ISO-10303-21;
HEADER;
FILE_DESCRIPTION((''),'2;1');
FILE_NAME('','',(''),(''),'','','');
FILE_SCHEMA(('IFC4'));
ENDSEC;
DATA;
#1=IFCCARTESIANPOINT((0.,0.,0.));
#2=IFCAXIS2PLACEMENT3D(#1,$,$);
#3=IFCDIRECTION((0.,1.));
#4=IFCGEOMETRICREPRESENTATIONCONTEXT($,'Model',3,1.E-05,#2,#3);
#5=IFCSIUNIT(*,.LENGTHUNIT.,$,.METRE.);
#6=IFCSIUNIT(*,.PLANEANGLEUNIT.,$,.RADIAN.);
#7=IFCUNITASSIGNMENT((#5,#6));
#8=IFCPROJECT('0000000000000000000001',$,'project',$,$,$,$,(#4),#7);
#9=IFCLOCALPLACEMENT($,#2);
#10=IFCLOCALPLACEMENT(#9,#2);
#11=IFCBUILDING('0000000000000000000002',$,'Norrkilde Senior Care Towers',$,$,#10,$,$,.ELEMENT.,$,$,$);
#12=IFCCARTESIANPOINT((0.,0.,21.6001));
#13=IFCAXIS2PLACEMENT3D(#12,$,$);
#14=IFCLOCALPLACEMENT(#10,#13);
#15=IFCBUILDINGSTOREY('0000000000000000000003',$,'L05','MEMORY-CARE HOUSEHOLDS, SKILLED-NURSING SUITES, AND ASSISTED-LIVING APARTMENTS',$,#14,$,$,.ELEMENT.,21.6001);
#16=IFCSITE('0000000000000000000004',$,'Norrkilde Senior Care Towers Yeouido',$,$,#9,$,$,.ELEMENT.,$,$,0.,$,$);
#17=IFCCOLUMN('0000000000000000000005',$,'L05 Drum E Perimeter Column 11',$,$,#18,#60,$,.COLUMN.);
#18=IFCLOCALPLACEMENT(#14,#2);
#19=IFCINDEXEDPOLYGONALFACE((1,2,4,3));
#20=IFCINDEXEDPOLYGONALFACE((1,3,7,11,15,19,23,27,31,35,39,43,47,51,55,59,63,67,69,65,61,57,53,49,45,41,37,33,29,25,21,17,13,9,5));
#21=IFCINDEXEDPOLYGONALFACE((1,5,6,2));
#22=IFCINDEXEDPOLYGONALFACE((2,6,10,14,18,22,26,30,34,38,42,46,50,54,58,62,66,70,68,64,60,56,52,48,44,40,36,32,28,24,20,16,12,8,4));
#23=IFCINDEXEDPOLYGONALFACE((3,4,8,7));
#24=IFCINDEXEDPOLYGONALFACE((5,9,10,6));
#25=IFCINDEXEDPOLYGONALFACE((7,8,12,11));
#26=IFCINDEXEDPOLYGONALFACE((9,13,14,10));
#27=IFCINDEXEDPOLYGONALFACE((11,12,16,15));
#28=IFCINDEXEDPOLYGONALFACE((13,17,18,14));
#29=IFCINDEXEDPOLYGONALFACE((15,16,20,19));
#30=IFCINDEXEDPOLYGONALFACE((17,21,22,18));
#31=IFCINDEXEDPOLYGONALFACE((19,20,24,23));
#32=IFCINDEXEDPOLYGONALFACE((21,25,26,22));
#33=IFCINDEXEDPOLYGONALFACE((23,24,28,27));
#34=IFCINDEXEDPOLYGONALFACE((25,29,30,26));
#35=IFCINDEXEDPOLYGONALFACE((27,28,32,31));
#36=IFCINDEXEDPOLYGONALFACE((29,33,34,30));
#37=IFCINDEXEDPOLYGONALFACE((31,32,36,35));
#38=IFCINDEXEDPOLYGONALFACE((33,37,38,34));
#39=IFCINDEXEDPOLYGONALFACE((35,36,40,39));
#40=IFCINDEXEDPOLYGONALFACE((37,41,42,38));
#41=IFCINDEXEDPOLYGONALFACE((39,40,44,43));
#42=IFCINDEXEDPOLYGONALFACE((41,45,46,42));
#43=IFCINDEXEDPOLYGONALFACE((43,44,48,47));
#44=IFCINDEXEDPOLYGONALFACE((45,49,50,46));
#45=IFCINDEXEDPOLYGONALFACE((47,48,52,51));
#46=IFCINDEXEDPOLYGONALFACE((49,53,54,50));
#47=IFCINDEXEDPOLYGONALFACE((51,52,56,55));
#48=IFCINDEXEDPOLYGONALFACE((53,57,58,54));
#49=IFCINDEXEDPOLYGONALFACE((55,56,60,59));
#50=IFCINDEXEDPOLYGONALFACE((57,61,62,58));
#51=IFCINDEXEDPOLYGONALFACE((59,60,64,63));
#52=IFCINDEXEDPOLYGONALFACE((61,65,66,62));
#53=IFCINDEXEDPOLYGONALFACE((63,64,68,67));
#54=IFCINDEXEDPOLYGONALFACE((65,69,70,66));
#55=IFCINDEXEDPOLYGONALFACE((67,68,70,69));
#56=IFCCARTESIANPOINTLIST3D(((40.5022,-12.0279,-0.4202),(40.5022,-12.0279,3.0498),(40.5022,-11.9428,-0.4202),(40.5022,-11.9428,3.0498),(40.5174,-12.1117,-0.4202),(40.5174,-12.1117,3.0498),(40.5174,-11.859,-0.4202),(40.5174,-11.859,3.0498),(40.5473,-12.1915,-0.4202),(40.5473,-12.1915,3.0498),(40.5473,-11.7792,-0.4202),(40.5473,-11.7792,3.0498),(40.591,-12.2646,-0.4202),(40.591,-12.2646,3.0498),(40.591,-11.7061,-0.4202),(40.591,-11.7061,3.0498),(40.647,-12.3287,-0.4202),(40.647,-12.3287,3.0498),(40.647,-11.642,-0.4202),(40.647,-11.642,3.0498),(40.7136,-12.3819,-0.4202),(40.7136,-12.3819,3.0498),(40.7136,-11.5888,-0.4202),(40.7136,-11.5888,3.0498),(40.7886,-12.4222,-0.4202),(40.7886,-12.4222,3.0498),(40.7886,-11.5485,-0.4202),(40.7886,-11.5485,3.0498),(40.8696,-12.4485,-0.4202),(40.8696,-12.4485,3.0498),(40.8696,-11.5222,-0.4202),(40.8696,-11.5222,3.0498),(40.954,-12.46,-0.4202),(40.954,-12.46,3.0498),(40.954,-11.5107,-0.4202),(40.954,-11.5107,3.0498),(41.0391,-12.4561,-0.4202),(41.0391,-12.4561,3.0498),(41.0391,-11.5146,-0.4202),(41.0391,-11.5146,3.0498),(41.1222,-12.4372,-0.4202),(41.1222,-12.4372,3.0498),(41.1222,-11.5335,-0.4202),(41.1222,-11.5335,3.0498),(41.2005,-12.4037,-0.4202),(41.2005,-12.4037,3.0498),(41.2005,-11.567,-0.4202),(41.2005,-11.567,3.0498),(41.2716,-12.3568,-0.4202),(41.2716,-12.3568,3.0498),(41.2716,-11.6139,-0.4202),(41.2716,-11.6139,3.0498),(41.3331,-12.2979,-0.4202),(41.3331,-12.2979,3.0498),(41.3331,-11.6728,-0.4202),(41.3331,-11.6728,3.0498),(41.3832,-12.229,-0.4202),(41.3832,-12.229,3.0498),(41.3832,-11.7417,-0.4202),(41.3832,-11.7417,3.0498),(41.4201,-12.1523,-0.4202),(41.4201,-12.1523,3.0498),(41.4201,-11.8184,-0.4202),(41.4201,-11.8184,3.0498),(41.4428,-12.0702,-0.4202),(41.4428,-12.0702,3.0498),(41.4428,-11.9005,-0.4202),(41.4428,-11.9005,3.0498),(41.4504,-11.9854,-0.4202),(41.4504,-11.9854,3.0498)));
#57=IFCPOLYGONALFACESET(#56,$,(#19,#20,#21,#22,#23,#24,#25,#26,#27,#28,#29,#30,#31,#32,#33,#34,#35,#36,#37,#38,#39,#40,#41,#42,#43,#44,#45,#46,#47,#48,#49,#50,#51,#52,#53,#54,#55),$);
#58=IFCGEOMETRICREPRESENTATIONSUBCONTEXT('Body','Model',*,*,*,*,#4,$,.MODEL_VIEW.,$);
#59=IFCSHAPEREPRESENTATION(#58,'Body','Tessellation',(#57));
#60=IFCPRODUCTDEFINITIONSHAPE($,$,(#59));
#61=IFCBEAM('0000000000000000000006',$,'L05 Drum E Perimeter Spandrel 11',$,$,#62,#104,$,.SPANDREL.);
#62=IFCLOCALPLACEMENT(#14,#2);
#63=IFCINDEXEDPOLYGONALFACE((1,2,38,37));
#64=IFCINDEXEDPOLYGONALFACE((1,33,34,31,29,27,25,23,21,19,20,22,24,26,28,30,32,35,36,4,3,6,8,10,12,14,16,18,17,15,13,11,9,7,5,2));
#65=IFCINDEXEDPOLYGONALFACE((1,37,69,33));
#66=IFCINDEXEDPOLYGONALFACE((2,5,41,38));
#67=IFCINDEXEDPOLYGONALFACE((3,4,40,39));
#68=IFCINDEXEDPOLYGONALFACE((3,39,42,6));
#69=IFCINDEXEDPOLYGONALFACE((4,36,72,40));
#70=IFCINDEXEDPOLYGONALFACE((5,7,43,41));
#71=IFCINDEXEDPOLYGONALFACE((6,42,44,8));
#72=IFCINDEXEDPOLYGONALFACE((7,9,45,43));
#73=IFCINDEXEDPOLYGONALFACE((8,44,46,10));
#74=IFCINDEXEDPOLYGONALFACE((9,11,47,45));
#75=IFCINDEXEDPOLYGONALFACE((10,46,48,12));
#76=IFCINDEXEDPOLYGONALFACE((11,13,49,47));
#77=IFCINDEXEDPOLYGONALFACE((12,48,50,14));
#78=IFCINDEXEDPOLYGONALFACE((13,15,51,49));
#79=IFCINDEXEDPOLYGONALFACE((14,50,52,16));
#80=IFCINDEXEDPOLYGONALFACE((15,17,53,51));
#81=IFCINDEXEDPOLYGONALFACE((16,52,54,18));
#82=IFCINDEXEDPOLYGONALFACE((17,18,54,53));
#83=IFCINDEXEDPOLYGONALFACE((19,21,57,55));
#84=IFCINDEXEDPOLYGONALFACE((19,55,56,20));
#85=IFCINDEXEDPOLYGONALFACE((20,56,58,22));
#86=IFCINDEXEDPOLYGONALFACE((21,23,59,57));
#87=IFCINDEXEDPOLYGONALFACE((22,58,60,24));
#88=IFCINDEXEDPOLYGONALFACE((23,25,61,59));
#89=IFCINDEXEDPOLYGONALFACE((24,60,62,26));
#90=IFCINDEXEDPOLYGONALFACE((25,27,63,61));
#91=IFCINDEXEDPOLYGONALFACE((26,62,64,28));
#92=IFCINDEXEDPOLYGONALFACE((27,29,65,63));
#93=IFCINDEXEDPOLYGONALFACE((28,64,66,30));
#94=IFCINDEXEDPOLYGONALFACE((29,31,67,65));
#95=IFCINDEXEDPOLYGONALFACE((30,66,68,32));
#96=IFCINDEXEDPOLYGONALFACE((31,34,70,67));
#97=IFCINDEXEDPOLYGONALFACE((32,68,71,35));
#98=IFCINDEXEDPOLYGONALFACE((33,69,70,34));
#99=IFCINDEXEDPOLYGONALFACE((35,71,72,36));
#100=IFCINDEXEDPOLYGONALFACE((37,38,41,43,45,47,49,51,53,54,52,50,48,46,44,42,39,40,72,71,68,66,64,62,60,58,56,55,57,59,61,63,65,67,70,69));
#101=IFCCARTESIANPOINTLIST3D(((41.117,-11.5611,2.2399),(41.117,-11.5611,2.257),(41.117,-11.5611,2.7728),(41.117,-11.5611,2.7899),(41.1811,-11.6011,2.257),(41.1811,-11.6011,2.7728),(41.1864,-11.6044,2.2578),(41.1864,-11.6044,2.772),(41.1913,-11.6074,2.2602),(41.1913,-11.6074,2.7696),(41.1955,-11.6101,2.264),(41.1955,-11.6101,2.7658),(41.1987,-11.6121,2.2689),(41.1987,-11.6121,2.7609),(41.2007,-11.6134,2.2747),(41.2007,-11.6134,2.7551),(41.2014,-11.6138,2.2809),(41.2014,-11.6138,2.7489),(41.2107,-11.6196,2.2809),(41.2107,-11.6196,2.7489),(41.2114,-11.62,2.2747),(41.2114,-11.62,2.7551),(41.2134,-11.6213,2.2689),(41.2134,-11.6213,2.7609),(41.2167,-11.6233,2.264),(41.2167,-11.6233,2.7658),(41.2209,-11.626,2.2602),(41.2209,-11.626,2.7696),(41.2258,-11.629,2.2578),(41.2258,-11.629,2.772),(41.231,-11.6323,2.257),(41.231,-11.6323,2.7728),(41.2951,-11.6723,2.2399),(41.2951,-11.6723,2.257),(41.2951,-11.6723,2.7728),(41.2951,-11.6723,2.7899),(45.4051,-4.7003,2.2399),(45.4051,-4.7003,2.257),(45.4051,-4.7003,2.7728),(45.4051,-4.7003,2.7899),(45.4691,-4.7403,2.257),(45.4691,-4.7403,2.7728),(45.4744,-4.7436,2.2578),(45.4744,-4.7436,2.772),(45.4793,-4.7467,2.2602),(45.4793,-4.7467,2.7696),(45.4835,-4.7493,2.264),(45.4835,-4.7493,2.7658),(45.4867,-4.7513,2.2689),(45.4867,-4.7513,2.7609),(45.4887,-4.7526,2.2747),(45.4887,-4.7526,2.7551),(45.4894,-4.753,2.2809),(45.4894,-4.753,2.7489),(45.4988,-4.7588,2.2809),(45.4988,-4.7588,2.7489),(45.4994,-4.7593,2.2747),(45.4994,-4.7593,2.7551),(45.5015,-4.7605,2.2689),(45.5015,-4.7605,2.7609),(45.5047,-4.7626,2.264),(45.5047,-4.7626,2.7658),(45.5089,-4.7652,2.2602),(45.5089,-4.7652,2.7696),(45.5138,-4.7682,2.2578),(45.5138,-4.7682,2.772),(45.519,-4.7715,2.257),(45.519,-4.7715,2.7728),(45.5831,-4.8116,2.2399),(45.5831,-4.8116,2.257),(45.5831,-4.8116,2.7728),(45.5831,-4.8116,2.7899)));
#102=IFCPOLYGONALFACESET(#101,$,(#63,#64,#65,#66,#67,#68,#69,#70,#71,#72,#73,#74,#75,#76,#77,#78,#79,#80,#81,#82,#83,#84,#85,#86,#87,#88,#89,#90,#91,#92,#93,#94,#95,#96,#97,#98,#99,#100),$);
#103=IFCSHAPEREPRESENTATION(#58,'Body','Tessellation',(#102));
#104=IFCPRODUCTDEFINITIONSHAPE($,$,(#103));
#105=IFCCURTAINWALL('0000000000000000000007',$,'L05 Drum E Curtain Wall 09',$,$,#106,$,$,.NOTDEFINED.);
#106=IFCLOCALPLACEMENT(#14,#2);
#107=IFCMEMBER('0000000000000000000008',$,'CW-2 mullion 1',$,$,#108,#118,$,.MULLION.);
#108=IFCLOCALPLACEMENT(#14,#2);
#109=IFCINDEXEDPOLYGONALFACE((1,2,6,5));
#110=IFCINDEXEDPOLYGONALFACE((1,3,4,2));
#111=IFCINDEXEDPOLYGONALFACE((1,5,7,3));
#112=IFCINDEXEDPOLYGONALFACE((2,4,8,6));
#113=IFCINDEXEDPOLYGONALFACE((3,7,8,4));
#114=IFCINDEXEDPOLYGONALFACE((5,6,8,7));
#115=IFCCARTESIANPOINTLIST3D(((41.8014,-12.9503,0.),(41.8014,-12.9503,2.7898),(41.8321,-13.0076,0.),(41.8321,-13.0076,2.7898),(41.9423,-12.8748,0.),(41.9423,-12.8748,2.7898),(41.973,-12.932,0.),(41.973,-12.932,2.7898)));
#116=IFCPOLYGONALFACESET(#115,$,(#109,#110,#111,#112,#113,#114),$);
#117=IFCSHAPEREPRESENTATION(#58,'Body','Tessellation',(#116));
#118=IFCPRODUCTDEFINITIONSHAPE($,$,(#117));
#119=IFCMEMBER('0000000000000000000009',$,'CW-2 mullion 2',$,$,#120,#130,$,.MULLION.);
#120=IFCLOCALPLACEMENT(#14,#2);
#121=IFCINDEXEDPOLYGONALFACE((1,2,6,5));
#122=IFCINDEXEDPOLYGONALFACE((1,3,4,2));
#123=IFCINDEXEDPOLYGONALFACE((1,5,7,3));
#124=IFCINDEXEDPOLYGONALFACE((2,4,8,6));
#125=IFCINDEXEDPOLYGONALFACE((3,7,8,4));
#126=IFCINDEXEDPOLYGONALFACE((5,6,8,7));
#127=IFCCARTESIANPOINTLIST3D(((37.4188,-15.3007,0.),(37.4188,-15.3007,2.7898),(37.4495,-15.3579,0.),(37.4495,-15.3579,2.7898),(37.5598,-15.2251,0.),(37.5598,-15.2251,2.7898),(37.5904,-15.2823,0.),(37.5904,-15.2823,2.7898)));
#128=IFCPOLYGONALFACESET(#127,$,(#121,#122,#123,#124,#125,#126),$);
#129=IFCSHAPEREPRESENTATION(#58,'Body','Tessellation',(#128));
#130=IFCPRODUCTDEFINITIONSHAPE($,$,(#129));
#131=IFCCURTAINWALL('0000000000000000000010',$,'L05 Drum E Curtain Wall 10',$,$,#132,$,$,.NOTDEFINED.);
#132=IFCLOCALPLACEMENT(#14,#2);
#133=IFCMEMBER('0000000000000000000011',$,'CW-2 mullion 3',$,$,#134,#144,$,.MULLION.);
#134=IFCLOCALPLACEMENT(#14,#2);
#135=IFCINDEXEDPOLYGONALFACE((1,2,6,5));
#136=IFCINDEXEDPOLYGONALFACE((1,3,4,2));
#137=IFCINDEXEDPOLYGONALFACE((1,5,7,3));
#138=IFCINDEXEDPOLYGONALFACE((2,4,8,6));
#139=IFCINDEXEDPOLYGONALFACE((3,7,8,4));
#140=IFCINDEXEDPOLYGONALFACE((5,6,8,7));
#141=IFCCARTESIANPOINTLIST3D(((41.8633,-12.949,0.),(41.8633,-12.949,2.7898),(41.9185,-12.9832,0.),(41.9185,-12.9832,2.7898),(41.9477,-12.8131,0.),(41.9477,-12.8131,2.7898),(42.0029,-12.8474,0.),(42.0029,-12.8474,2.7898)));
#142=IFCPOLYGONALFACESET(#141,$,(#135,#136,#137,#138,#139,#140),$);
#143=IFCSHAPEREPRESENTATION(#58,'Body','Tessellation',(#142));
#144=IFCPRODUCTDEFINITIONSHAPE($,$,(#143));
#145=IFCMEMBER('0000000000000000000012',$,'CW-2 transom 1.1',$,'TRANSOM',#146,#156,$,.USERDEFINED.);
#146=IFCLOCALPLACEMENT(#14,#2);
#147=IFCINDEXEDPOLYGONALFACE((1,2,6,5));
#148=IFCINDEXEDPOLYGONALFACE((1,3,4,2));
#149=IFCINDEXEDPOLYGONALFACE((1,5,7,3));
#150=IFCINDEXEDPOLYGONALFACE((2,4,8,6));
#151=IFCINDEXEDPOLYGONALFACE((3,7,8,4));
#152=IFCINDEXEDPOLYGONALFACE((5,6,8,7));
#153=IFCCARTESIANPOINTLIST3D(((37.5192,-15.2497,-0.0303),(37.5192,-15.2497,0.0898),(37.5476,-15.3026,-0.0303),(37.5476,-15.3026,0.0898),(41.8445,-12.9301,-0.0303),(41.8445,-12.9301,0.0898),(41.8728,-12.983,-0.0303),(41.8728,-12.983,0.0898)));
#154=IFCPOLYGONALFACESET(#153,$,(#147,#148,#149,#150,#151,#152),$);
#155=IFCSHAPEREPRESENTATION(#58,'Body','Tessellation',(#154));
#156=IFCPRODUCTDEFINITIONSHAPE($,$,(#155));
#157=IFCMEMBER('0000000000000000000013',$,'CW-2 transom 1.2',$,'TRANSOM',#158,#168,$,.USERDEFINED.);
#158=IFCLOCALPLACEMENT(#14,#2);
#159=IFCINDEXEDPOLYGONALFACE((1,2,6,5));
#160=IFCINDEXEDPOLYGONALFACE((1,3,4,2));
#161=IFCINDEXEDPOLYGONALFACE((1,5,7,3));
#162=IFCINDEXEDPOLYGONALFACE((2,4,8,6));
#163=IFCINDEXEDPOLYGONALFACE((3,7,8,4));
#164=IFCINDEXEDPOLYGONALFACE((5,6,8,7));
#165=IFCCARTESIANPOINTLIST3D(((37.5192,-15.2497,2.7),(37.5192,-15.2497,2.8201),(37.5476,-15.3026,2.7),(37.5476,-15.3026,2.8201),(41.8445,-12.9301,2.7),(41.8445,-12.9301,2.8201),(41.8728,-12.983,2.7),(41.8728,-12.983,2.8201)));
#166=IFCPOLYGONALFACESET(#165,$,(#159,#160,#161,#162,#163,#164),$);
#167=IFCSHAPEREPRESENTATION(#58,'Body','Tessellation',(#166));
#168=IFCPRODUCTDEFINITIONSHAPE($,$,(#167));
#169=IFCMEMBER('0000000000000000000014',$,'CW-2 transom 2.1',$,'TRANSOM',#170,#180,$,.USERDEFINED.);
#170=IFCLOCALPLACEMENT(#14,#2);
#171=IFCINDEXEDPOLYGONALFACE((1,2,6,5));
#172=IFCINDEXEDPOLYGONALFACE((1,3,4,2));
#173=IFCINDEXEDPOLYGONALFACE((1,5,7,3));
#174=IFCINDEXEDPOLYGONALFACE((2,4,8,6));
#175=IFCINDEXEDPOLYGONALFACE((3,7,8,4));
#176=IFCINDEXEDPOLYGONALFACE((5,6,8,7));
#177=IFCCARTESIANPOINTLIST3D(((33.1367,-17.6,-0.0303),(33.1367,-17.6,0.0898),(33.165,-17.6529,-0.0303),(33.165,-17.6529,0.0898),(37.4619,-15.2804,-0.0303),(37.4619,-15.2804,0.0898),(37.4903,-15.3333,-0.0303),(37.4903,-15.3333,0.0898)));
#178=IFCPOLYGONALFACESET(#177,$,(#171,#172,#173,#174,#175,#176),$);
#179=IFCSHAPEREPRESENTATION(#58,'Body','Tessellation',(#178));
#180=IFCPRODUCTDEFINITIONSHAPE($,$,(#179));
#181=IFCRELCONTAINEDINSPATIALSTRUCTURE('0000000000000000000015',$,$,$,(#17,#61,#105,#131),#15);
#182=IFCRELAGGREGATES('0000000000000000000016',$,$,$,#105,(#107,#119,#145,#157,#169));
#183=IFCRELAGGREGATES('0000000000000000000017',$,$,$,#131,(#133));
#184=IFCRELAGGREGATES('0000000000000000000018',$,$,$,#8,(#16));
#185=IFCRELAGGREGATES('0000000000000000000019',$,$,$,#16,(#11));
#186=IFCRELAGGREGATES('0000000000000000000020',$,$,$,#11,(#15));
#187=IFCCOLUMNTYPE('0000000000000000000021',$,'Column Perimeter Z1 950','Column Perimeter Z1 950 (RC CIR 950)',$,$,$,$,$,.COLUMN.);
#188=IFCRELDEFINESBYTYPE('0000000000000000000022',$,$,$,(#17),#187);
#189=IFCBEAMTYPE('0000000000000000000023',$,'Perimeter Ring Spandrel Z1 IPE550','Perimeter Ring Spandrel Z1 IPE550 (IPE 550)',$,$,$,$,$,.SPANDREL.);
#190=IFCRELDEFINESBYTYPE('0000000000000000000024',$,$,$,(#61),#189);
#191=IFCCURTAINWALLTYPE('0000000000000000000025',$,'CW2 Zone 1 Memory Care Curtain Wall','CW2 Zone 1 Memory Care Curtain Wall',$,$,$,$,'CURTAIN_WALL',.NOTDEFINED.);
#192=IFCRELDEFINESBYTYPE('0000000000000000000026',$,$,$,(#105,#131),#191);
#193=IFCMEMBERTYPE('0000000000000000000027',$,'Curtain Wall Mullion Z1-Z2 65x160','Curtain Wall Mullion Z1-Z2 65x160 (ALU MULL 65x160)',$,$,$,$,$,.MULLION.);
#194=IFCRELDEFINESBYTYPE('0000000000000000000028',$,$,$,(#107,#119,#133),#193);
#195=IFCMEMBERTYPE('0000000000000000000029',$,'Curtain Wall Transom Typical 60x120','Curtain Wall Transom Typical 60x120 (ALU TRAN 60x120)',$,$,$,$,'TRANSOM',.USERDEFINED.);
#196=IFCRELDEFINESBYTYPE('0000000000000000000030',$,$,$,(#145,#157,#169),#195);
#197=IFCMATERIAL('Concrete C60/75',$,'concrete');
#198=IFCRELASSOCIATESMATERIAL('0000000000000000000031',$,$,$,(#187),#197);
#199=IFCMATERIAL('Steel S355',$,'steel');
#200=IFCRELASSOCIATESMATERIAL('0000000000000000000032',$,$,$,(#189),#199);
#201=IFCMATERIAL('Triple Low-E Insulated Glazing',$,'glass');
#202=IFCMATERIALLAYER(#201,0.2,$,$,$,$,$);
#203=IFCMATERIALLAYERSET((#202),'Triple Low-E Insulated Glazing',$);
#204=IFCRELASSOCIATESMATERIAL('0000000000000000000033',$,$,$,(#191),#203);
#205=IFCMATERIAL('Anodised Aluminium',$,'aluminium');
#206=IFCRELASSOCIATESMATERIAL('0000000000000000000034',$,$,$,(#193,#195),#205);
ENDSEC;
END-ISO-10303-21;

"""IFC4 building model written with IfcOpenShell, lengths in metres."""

from ifc_helpers import new_model, si_unit, direction, frame, origin, origin_2d, place, context, subcontext, project, spatial, rectangle, circle, i_section, extrude, source, transform, mapped, material, layer, layer_set, material_profile, profile_set, type_object, type_shapes, element, aggregate, save


model = new_model("IFC4")

# Units and contexts
model_context = context("Model", 3, precision=1e-05, world=origin(), true_north=direction((0.0, 1.0)))
body_context = subcontext(model_context, "Body", "Model", "MODEL_VIEW")
ifc_project = project(units=[si_unit("LENGTHUNIT", "METRE"), si_unit("PLANEANGLEUNIT", "RADIAN")], contexts=[model_context])

# Site, building, storey
site_placement = place(None, origin())
site = spatial("IfcSite", under=ifc_project, at=site_placement, Name="Norrkilde Senior Care Towers Yeouido", CompositionType="ELEMENT", RefElevation=0.0)
building_placement = place(site_placement, origin())
building = spatial("IfcBuilding", under=site, at=building_placement, Name="Norrkilde Senior Care Towers", CompositionType="ELEMENT")
storey_placement = place(building_placement, frame((0.0, 0.0, 21.6001)))
storey = spatial("IfcBuildingStorey", under=building, at=storey_placement, Name="L05", Description="MEMORY-CARE HOUSEHOLDS, SKILLED-NURSING SUITES, AND ASSISTED-LIVING APARTMENTS", CompositionType="ELEMENT", Elevation=21.6001)

# Column
ifc_material_1 = material(Name="Concrete C60/75", Category="concrete")
ifc_material_profile_1 = material_profile(ifc_material_1, circle(Radius=0.4751, at=origin_2d()), Name="RC CIR 950")
ifc_profile_set_1 = profile_set([ifc_material_profile_1], Name="Concrete C60/75")
column_type = type_object("IfcColumnType", Name="Column Perimeter Z1 950", Description="Column Perimeter Z1 950 (RC CIR 950)", PredefinedType="COLUMN", material=ifc_profile_set_1)
shared_shape_1 = source(origin(), body_context, "Body", "SweptSolid", [
    extrude(circle(Radius=0.4751, at=origin_2d()), origin(), (0.0, 0.0, 1.0), 3.47),
])
type_shapes(column_type, [shared_shape_1])
column_placement = place(storey_placement, frame((40.9753, -11.9854, -0.4202), z_axis=(0.0, 0.0, 1.0), x_axis=(1.0, 0.0, 0.0)))
element("IfcColumn", 1, at=column_placement, inside=storey, type_object=column_type, Name="L05 Drum E Perimeter Column 11", PredefinedType="COLUMN", context=body_context, shape_type="MappedRepresentation", body=[
    mapped(shared_shape_1, transform((0.0, 0.0, 0.0), x_axis=(1.0, 0.0, 0.0), y_axis=(0.0, 1.0, 0.0), z_axis=(0.0, 0.0, 1.0), scale=1.0)),
])

# Beam
ifc_material_2 = material(Name="Steel S355", Category="steel")
ifc_material_profile_2 = material_profile(ifc_material_2, i_section(OverallWidth=0.21, OverallDepth=0.55, WebThickness=0.011, FlangeThickness=0.0171, FilletRadius=0.0239, at=origin_2d()), Name="IPE 550")
ifc_profile_set_2 = profile_set([ifc_material_profile_2], Name="Steel S355")
beam_type = type_object("IfcBeamType", Name="Perimeter Ring Spandrel Z1 IPE550", Description="Perimeter Ring Spandrel Z1 IPE550 (IPE 550)", PredefinedType="SPANDREL", material=ifc_profile_set_2)
shared_shape_2 = source(origin(), body_context, "Body", "SweptSolid", [
    extrude(i_section(OverallWidth=0.21, OverallDepth=0.55, WebThickness=0.011, FlangeThickness=0.0171, FilletRadius=0.0239, at=origin_2d()), origin(), (0.0, 0.0, 1.0), 8.0906),
])
type_shapes(beam_type, [shared_shape_2])
beam_placement = place(storey_placement, frame((41.2061, -11.6167, 2.5149), z_axis=(0.530004, 0.847995, 0.0), x_axis=(-0.847995, 0.530004, 0.0)))
element("IfcBeam", 2, at=beam_placement, inside=storey, type_object=beam_type, Name="L05 Drum E Perimeter Spandrel 11", PredefinedType="SPANDREL", context=body_context, shape_type="MappedRepresentation", body=[
    mapped(shared_shape_2, transform((0.0, 0.0, 0.0), x_axis=(1.0, 0.0, 0.0), y_axis=(0.0, 1.0, 0.0), z_axis=(0.0, 0.0, 1.0), scale=1.0)),
])

# Curtain wall, members
ifc_material_3 = material(Name="Triple Low-E Insulated Glazing", Category="glass")
ifc_layer_1 = layer(ifc_material_3, 0.2)
ifc_layer_set_1 = layer_set([ifc_layer_1], Name="Triple Low-E Insulated Glazing")
curtain_wall_type = type_object("IfcCurtainWallType", Name="CW2 Zone 1 Memory Care Curtain Wall", Description="CW2 Zone 1 Memory Care Curtain Wall", ElementType="CURTAIN_WALL", PredefinedType="NOTDEFINED", material=ifc_layer_set_1)
curtain_wall_1_placement = place(storey_placement, origin())
curtain_wall_1 = element("IfcCurtainWall", 3, at=curtain_wall_1_placement, inside=storey, type_object=curtain_wall_type, Name="L05 Drum E Curtain Wall 09", PredefinedType="NOTDEFINED")
ifc_material_4 = material(Name="Anodised Aluminium", Category="aluminium")
ifc_material_profile_3 = material_profile(ifc_material_4, rectangle(XDim=0.0649, YDim=0.1599, at=origin_2d()), Name="ALU MULL 65x160")
ifc_profile_set_3 = profile_set([ifc_material_profile_3], Name="Anodised Aluminium")
member_type_1 = type_object("IfcMemberType", Name="Curtain Wall Mullion Z1-Z2 65x160", Description="Curtain Wall Mullion Z1-Z2 65x160 (ALU MULL 65x160)", PredefinedType="MULLION", material=ifc_profile_set_3)
shared_shape_3 = source(origin(), body_context, "Body", "SweptSolid", [
    extrude(rectangle(XDim=0.0649, YDim=0.1599, at=origin_2d()), origin(), (0.0, 0.0, 1.0), 2.7898),
])
type_shapes(member_type_1, [shared_shape_3])
member_1_placement = place(storey_placement, frame((41.8872, -12.9412, 0.0), z_axis=(0.0, 0.0, 1.0), x_axis=(0.472608, -0.881273, 0.0)))
member_1 = element("IfcMember", 4, at=member_1_placement, type_object=member_type_1, Name="CW-2 mullion 1", PredefinedType="MULLION", context=body_context, shape_type="MappedRepresentation", body=[
    mapped(shared_shape_3, transform((0.0, 0.0, 0.0), x_axis=(1.0, 0.0, 0.0), y_axis=(0.0, 1.0, 0.0), z_axis=(0.0, 0.0, 1.0), scale=1.0)),
])
member_2_placement = place(storey_placement, frame((37.5046, -15.2915, 0.0), z_axis=(0.0, 0.0, 1.0), x_axis=(0.472608, -0.881273, 0.0)))
member_2 = element("IfcMember", 5, at=member_2_placement, type_object=member_type_1, Name="CW-2 mullion 2", PredefinedType="MULLION", context=body_context, shape_type="MappedRepresentation", body=[
    mapped(shared_shape_3, transform((0.0, 0.0, 0.0), x_axis=(1.0, 0.0, 0.0), y_axis=(0.0, 1.0, 0.0), z_axis=(0.0, 0.0, 1.0), scale=1.0)),
])

# Curtain wall, member
curtain_wall_2_placement = place(storey_placement, origin())
curtain_wall_2 = element("IfcCurtainWall", 6, at=curtain_wall_2_placement, inside=storey, type_object=curtain_wall_type, Name="L05 Drum E Curtain Wall 10", PredefinedType="NOTDEFINED")
member_3_placement = place(storey_placement, frame((41.9331, -12.8982, 0.0), z_axis=(0.0, 0.0, 1.0), x_axis=(0.849306, -0.527901, 0.0)))
member_3 = element("IfcMember", 7, at=member_3_placement, type_object=member_type_1, Name="CW-2 mullion 3", PredefinedType="MULLION", context=body_context, shape_type="MappedRepresentation", body=[
    mapped(shared_shape_3, transform((0.0, 0.0, 0.0), x_axis=(1.0, 0.0, 0.0), y_axis=(0.0, 1.0, 0.0), z_axis=(0.0, 0.0, 1.0), scale=1.0)),
])

# Members
ifc_material_profile_4 = material_profile(ifc_material_4, rectangle(XDim=0.0601, YDim=0.1201, at=origin_2d()), Name="ALU TRAN 60x120")
ifc_profile_set_4 = profile_set([ifc_material_profile_4], Name="Anodised Aluminium")
member_type_2 = type_object("IfcMemberType", Name="Curtain Wall Transom Typical 60x120", Description="Curtain Wall Transom Typical 60x120 (ALU TRAN 60x120)", ElementType="TRANSOM", PredefinedType="USERDEFINED", material=ifc_profile_set_4)
shared_shape_4 = source(origin(), body_context, "Body", "SweptSolid", [
    extrude(rectangle(XDim=0.0601, YDim=0.1201, at=origin_2d()), origin(), (0.0, 0.0, 1.0), 4.908),
])
member_4_placement = place(storey_placement, frame((41.8586, -12.9565, 0.0298), z_axis=(-0.881267, -0.472619, 0.0), x_axis=(0.472619, -0.881267, 0.0)))
member_4 = element("IfcMember", 8, at=member_4_placement, type_object=member_type_2, Name="CW-2 transom 1.1", ObjectType="TRANSOM", PredefinedType="USERDEFINED", context=body_context, shape_type="MappedRepresentation", body=[
    mapped(shared_shape_4, transform((0.0, 0.0, 0.0), x_axis=(1.0, 0.0, 0.0), y_axis=(0.0, 1.0, 0.0), z_axis=(0.0, 0.0, 1.0), scale=1.0)),
])
member_5_placement = place(storey_placement, frame((41.8586, -12.9565, 2.76), z_axis=(-0.881267, -0.472619, 0.0), x_axis=(0.472619, -0.881267, 0.0)))
member_5 = element("IfcMember", 9, at=member_5_placement, type_object=member_type_2, Name="CW-2 transom 1.2", ObjectType="TRANSOM", PredefinedType="USERDEFINED", context=body_context, shape_type="MappedRepresentation", body=[
    mapped(shared_shape_4, transform((0.0, 0.0, 0.0), x_axis=(1.0, 0.0, 0.0), y_axis=(0.0, 1.0, 0.0), z_axis=(0.0, 0.0, 1.0), scale=1.0)),
])
member_6_placement = place(storey_placement, frame((37.4761, -15.3069, 0.0298), z_axis=(-0.881267, -0.472619, 0.0), x_axis=(0.472619, -0.881267, 0.0)))
member_6 = element("IfcMember", 10, at=member_6_placement, type_object=member_type_2, Name="CW-2 transom 2.1", ObjectType="TRANSOM", PredefinedType="USERDEFINED", context=body_context, shape_type="MappedRepresentation", body=[
    mapped(shared_shape_4, transform((0.0, 0.0, 0.0), x_axis=(1.0, 0.0, 0.0), y_axis=(0.0, 1.0, 0.0), z_axis=(0.0, 0.0, 1.0), scale=1.0)),
])

aggregate(curtain_wall_1, [member_1, member_2, member_4, member_5, member_6])
aggregate(curtain_wall_2, [member_3])

save(model, "model.ifc")
